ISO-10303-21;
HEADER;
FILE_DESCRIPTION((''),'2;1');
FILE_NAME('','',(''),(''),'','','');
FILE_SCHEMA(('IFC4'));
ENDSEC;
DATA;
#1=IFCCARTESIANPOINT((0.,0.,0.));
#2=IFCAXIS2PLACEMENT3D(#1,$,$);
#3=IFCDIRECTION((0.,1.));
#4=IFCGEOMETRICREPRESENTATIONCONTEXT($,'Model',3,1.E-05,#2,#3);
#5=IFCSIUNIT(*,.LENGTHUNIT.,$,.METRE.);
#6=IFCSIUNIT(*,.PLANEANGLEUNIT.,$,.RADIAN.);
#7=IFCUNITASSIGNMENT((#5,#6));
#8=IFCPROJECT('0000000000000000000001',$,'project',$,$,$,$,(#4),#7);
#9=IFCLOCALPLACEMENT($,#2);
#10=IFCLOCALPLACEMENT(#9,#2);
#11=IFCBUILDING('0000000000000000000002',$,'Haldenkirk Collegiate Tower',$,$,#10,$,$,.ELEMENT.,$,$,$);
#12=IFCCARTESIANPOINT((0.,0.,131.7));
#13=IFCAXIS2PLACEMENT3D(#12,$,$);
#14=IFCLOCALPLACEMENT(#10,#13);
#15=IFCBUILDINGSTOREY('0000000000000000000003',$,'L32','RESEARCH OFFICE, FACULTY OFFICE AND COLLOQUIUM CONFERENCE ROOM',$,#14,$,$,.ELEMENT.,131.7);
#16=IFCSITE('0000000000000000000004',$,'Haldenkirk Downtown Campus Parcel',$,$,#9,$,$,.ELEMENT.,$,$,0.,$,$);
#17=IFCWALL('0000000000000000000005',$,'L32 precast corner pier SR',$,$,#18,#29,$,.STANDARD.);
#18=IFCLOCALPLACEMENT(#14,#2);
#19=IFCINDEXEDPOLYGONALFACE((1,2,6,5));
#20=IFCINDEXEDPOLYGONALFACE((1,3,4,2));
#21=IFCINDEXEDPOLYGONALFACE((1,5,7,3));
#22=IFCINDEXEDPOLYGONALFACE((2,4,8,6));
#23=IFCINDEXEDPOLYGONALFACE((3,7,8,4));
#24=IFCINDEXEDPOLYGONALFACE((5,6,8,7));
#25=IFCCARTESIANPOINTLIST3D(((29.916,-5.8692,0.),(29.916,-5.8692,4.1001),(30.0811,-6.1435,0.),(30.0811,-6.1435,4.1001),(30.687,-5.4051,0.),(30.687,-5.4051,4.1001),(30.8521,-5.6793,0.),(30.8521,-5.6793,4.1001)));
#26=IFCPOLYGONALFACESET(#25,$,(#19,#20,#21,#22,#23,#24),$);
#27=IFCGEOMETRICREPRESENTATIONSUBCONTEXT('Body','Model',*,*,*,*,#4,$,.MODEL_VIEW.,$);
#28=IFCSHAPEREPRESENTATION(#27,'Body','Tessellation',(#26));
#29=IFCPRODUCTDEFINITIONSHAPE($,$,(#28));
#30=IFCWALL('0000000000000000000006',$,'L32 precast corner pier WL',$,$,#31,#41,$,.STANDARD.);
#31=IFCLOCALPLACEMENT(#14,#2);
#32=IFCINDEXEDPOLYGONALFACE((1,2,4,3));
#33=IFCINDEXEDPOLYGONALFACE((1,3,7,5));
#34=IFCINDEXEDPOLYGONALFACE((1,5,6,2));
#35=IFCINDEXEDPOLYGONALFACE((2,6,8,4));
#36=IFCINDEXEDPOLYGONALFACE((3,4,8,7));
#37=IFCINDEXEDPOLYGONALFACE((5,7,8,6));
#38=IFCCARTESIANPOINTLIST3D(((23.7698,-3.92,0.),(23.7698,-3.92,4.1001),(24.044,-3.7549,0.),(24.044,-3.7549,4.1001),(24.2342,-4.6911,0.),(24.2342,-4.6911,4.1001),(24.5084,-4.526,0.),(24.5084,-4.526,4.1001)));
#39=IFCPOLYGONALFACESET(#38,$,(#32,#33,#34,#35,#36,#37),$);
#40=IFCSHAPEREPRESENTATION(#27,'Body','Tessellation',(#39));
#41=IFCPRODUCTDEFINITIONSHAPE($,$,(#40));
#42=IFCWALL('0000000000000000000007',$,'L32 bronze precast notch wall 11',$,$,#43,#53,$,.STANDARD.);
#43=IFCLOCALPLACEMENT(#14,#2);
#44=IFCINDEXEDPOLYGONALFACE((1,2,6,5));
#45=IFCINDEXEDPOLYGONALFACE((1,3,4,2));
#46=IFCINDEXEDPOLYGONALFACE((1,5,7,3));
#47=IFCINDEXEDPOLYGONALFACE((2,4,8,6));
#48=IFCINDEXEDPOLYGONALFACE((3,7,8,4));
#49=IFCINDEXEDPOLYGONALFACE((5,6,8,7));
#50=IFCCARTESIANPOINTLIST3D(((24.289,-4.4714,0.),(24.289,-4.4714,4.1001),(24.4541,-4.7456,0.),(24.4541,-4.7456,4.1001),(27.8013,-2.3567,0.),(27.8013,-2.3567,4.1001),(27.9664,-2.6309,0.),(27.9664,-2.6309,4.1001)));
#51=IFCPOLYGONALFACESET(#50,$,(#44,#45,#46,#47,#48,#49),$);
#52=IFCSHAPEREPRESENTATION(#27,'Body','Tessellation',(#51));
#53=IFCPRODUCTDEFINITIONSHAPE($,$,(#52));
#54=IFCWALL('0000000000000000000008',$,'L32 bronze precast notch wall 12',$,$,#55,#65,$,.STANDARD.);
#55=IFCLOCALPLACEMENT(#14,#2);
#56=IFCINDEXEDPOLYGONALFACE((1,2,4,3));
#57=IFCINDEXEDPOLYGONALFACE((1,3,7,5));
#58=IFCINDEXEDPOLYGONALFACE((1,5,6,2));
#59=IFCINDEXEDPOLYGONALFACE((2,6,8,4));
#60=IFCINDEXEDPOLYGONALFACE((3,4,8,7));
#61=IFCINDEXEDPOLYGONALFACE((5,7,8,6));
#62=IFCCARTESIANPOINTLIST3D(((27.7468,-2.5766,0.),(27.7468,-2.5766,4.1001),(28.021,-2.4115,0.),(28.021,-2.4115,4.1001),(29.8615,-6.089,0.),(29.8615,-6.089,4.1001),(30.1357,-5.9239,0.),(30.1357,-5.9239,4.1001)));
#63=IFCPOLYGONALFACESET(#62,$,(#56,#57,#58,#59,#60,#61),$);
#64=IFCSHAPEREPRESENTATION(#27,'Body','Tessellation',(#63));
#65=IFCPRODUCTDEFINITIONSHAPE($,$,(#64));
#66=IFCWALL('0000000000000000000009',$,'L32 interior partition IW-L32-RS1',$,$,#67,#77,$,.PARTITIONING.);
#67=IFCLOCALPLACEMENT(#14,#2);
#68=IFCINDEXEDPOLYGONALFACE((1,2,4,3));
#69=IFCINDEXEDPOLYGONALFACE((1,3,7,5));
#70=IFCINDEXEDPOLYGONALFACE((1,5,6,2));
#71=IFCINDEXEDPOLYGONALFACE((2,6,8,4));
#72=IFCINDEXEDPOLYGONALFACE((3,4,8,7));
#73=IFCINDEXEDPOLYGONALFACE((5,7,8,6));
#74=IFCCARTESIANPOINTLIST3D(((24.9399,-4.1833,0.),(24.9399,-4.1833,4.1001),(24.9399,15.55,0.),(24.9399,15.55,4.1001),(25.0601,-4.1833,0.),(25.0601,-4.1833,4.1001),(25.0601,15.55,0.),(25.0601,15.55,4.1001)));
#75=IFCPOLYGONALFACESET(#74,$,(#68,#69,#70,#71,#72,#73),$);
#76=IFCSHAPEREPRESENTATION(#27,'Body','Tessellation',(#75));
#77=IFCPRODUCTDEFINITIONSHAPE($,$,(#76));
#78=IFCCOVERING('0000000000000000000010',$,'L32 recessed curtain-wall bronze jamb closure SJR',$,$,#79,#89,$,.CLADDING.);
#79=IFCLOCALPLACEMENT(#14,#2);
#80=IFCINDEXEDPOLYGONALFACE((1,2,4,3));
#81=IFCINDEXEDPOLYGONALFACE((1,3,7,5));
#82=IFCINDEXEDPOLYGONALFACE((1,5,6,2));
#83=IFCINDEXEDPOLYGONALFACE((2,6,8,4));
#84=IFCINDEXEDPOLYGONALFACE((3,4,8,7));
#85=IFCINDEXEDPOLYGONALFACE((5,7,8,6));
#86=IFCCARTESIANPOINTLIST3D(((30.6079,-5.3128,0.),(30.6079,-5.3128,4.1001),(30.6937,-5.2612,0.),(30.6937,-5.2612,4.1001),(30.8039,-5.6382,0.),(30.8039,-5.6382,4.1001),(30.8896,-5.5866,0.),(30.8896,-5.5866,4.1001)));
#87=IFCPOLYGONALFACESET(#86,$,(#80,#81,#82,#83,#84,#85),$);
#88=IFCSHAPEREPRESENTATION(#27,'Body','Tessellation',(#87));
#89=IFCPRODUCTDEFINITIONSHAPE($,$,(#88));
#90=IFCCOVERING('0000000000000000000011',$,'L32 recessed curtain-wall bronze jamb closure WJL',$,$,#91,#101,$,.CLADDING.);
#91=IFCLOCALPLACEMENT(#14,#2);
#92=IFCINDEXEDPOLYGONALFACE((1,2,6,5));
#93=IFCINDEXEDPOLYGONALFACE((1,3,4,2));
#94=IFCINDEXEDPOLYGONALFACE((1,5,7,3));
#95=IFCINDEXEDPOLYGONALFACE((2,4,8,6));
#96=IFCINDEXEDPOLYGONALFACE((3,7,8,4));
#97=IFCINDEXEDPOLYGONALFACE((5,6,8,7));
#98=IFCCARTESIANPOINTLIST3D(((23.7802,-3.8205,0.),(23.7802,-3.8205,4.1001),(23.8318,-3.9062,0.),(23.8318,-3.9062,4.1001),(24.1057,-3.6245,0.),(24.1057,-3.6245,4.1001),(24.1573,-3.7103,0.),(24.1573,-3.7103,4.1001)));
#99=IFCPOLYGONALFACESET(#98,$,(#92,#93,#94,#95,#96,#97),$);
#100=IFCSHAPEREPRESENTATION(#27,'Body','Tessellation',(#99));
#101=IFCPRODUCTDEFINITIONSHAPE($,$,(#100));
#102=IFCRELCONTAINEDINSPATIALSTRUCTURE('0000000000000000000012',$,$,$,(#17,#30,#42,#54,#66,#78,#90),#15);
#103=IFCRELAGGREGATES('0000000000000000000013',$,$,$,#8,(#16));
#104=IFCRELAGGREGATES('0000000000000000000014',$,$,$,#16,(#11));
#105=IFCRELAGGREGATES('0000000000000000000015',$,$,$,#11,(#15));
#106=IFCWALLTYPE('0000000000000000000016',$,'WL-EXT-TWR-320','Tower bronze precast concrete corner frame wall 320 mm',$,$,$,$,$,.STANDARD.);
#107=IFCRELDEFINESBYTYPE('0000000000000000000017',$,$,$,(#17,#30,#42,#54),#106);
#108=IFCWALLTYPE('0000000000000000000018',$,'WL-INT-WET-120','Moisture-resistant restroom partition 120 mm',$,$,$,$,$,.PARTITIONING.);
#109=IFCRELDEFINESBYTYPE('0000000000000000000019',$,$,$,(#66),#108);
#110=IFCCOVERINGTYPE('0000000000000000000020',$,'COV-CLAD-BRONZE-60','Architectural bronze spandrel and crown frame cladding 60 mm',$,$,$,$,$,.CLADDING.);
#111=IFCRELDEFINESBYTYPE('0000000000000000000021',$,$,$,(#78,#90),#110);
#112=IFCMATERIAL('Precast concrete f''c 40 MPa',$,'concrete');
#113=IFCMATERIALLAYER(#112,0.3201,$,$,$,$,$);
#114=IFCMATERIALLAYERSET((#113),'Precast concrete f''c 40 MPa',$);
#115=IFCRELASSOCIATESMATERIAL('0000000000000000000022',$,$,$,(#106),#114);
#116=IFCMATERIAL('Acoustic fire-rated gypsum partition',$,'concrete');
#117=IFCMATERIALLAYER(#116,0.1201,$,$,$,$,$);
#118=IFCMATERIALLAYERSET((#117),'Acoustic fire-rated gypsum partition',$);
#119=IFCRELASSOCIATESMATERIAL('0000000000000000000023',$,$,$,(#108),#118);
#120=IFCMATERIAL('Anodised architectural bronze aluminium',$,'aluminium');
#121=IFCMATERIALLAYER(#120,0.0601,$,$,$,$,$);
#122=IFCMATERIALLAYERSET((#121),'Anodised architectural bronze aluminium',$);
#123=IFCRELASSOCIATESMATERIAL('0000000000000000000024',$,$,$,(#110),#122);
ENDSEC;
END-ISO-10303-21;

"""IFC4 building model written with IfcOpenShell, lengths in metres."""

from ifc_helpers import new_model, si_unit, direction, frame, frame_2d, origin, origin_2d, place, context, subcontext, project, spatial, rectangle, extrude, source, transform, mapped, material, layer, layer_set, type_object, element, save


model = new_model("IFC4")

# Units and contexts
model_context = context("Model", 3, precision=1e-05, world=origin(), true_north=direction((0.0, 1.0)))
body_context = subcontext(model_context, "Body", "Model", "MODEL_VIEW")
ifc_project = project(units=[si_unit("LENGTHUNIT", "METRE"), si_unit("PLANEANGLEUNIT", "RADIAN")], contexts=[model_context])

# Site, building, storey
site_placement = place(None, origin())
site = spatial("IfcSite", under=ifc_project, at=site_placement, Name="Haldenkirk Downtown Campus Parcel", CompositionType="ELEMENT", RefElevation=0.0)
building_placement = place(site_placement, origin())
building = spatial("IfcBuilding", under=site, at=building_placement, Name="Haldenkirk Collegiate Tower", CompositionType="ELEMENT")
storey_placement = place(building_placement, frame((0.0, 0.0, 131.7)))
storey = spatial("IfcBuildingStorey", under=building, at=storey_placement, Name="L32", Description="RESEARCH OFFICE, FACULTY OFFICE AND COLLOQUIUM CONFERENCE ROOM", CompositionType="ELEMENT", Elevation=131.7)

# Shared definitions
ifc_material_1 = material(Name="Anodised architectural bronze aluminium", Category="aluminium")

# Walls
ifc_material_2 = material(Name="Precast concrete f'c 40 MPa", Category="concrete")
ifc_layer_1 = layer(ifc_material_2, 0.3201)
ifc_layer_set_1 = layer_set([ifc_layer_1], Name="Precast concrete f'c 40 MPa")
wall_type_1 = type_object("IfcWallType", Name="WL-EXT-TWR-320", Description="Tower bronze precast concrete corner frame wall 320 mm", PredefinedType="STANDARD", material=ifc_layer_set_1)
wall_1_placement = place(storey_placement, frame((30.7695, -5.5422, 0.0), z_axis=(0.0, 0.0, 1.0), x_axis=(-0.85675, -0.515732, 0.0)))
element("IfcWall", 1, at=wall_1_placement, inside=storey, type_object=wall_type_1, Name="L32 precast corner pier SR", PredefinedType="STANDARD", context=body_context, shape_type="SweptSolid", body=[
    extrude(rectangle(XDim=0.8999, YDim=0.3201, at=frame_2d((0.45, 0.0))), origin(), (0.0, 0.0, 1.0), 4.1001),
])
wall_2_placement = place(storey_placement, frame((24.3713, -4.6086, 0.0), z_axis=(0.0, 0.0, 1.0), x_axis=(-0.515931, 0.85663, 0.0)))
element("IfcWall", 2, at=wall_2_placement, inside=storey, type_object=wall_type_1, Name="L32 precast corner pier WL", PredefinedType="STANDARD", context=body_context, shape_type="SweptSolid", body=[
    extrude(rectangle(XDim=0.9001, YDim=0.3201, at=frame_2d((0.4502, 0.0))), origin(), (0.0, 0.0, 1.0), 4.1001),
])
for number, where, z_axis, x_axis, name in (
    (3, (27.8838, -2.4939, 0.0), (0.0, 0.0, 1.0), (-0.856709, -0.5158, 0.0), "L32 bronze precast notch wall 11"),
    (4, (29.9985, -6.0063, 0.0), (0.0, 0.0, 1.0), (-0.5158, 0.856709, 0.0), "L32 bronze precast notch wall 12"),
):
    element("IfcWall", number, at=place(storey_placement, frame(where, z_axis=z_axis, x_axis=x_axis)), inside=storey, type_object=wall_type_1, Name=name, PredefinedType="STANDARD", context=body_context, shape_type="SweptSolid", body=[
        extrude(rectangle(XDim=4.0999, YDim=0.3201, at=frame_2d((2.0498, 0.0))), origin(), (0.0, 0.0, 1.0), 4.1001),
    ])
ifc_material_3 = material(Name="Acoustic fire-rated gypsum partition", Category="concrete")
ifc_layer_2 = layer(ifc_material_3, 0.1201)
ifc_layer_set_2 = layer_set([ifc_layer_2], Name="Acoustic fire-rated gypsum partition")
wall_type_2 = type_object("IfcWallType", Name="WL-INT-WET-120", Description="Moisture-resistant restroom partition 120 mm", PredefinedType="PARTITIONING", material=ifc_layer_set_2)
wall_3_placement = place(storey_placement, frame((25.0, -4.1833, 0.0), z_axis=(0.0, 0.0, 1.0), x_axis=(0.0, 1.0, 0.0)))
element("IfcWall", 5, at=wall_3_placement, inside=storey, type_object=wall_type_2, Name="L32 interior partition IW-L32-RS1", PredefinedType="PARTITIONING", context=body_context, shape_type="SweptSolid", body=[
    extrude(rectangle(XDim=19.7334, YDim=0.1201, at=frame_2d((9.8667, 0.0))), origin(), (0.0, 0.0, 1.0), 4.1001),
])

# Coverings
ifc_layer_3 = layer(ifc_material_1, 0.0601)
ifc_layer_set_3 = layer_set([ifc_layer_3], Name="Anodised architectural bronze aluminium")
covering_type = type_object("IfcCoveringType", Name="COV-CLAD-BRONZE-60", Description="Architectural bronze spandrel and crown frame cladding 60 mm", PredefinedType="CLADDING", material=ifc_layer_set_3)
shared_shape_1 = source(origin(), body_context, "Body", "SweptSolid", [
    extrude(rectangle(XDim=0.1001, YDim=0.3799, at=origin_2d()), origin(), (0.0, 0.0, 1.0), 4.1001),
])
for number, where, z_axis, x_axis, name in (
    (6, (30.7488, -5.4497, 0.0), (0.0, 0.0, 1.0), (-0.856718, -0.515786, 0.0), "L32 recessed curtain-wall bronze jamb closure SJR"),
    (7, (23.9688, -3.7654, 0.0), (0.0, 0.0, 1.0), (-0.515786, 0.856718, 0.0), "L32 recessed curtain-wall bronze jamb closure WJL"),
):
    element("IfcCovering", number, at=place(storey_placement, frame(where, z_axis=z_axis, x_axis=x_axis)), inside=storey, type_object=covering_type, Name=name, PredefinedType="CLADDING", context=body_context, shape_type="MappedRepresentation", body=[
        mapped(shared_shape_1, transform((0.0, 0.0, 0.0), x_axis=(1.0, 0.0, 0.0), y_axis=(0.0, 1.0, 0.0), z_axis=(0.0, 0.0, 1.0), scale=1.0)),
    ])

save(model, "model.ifc")
